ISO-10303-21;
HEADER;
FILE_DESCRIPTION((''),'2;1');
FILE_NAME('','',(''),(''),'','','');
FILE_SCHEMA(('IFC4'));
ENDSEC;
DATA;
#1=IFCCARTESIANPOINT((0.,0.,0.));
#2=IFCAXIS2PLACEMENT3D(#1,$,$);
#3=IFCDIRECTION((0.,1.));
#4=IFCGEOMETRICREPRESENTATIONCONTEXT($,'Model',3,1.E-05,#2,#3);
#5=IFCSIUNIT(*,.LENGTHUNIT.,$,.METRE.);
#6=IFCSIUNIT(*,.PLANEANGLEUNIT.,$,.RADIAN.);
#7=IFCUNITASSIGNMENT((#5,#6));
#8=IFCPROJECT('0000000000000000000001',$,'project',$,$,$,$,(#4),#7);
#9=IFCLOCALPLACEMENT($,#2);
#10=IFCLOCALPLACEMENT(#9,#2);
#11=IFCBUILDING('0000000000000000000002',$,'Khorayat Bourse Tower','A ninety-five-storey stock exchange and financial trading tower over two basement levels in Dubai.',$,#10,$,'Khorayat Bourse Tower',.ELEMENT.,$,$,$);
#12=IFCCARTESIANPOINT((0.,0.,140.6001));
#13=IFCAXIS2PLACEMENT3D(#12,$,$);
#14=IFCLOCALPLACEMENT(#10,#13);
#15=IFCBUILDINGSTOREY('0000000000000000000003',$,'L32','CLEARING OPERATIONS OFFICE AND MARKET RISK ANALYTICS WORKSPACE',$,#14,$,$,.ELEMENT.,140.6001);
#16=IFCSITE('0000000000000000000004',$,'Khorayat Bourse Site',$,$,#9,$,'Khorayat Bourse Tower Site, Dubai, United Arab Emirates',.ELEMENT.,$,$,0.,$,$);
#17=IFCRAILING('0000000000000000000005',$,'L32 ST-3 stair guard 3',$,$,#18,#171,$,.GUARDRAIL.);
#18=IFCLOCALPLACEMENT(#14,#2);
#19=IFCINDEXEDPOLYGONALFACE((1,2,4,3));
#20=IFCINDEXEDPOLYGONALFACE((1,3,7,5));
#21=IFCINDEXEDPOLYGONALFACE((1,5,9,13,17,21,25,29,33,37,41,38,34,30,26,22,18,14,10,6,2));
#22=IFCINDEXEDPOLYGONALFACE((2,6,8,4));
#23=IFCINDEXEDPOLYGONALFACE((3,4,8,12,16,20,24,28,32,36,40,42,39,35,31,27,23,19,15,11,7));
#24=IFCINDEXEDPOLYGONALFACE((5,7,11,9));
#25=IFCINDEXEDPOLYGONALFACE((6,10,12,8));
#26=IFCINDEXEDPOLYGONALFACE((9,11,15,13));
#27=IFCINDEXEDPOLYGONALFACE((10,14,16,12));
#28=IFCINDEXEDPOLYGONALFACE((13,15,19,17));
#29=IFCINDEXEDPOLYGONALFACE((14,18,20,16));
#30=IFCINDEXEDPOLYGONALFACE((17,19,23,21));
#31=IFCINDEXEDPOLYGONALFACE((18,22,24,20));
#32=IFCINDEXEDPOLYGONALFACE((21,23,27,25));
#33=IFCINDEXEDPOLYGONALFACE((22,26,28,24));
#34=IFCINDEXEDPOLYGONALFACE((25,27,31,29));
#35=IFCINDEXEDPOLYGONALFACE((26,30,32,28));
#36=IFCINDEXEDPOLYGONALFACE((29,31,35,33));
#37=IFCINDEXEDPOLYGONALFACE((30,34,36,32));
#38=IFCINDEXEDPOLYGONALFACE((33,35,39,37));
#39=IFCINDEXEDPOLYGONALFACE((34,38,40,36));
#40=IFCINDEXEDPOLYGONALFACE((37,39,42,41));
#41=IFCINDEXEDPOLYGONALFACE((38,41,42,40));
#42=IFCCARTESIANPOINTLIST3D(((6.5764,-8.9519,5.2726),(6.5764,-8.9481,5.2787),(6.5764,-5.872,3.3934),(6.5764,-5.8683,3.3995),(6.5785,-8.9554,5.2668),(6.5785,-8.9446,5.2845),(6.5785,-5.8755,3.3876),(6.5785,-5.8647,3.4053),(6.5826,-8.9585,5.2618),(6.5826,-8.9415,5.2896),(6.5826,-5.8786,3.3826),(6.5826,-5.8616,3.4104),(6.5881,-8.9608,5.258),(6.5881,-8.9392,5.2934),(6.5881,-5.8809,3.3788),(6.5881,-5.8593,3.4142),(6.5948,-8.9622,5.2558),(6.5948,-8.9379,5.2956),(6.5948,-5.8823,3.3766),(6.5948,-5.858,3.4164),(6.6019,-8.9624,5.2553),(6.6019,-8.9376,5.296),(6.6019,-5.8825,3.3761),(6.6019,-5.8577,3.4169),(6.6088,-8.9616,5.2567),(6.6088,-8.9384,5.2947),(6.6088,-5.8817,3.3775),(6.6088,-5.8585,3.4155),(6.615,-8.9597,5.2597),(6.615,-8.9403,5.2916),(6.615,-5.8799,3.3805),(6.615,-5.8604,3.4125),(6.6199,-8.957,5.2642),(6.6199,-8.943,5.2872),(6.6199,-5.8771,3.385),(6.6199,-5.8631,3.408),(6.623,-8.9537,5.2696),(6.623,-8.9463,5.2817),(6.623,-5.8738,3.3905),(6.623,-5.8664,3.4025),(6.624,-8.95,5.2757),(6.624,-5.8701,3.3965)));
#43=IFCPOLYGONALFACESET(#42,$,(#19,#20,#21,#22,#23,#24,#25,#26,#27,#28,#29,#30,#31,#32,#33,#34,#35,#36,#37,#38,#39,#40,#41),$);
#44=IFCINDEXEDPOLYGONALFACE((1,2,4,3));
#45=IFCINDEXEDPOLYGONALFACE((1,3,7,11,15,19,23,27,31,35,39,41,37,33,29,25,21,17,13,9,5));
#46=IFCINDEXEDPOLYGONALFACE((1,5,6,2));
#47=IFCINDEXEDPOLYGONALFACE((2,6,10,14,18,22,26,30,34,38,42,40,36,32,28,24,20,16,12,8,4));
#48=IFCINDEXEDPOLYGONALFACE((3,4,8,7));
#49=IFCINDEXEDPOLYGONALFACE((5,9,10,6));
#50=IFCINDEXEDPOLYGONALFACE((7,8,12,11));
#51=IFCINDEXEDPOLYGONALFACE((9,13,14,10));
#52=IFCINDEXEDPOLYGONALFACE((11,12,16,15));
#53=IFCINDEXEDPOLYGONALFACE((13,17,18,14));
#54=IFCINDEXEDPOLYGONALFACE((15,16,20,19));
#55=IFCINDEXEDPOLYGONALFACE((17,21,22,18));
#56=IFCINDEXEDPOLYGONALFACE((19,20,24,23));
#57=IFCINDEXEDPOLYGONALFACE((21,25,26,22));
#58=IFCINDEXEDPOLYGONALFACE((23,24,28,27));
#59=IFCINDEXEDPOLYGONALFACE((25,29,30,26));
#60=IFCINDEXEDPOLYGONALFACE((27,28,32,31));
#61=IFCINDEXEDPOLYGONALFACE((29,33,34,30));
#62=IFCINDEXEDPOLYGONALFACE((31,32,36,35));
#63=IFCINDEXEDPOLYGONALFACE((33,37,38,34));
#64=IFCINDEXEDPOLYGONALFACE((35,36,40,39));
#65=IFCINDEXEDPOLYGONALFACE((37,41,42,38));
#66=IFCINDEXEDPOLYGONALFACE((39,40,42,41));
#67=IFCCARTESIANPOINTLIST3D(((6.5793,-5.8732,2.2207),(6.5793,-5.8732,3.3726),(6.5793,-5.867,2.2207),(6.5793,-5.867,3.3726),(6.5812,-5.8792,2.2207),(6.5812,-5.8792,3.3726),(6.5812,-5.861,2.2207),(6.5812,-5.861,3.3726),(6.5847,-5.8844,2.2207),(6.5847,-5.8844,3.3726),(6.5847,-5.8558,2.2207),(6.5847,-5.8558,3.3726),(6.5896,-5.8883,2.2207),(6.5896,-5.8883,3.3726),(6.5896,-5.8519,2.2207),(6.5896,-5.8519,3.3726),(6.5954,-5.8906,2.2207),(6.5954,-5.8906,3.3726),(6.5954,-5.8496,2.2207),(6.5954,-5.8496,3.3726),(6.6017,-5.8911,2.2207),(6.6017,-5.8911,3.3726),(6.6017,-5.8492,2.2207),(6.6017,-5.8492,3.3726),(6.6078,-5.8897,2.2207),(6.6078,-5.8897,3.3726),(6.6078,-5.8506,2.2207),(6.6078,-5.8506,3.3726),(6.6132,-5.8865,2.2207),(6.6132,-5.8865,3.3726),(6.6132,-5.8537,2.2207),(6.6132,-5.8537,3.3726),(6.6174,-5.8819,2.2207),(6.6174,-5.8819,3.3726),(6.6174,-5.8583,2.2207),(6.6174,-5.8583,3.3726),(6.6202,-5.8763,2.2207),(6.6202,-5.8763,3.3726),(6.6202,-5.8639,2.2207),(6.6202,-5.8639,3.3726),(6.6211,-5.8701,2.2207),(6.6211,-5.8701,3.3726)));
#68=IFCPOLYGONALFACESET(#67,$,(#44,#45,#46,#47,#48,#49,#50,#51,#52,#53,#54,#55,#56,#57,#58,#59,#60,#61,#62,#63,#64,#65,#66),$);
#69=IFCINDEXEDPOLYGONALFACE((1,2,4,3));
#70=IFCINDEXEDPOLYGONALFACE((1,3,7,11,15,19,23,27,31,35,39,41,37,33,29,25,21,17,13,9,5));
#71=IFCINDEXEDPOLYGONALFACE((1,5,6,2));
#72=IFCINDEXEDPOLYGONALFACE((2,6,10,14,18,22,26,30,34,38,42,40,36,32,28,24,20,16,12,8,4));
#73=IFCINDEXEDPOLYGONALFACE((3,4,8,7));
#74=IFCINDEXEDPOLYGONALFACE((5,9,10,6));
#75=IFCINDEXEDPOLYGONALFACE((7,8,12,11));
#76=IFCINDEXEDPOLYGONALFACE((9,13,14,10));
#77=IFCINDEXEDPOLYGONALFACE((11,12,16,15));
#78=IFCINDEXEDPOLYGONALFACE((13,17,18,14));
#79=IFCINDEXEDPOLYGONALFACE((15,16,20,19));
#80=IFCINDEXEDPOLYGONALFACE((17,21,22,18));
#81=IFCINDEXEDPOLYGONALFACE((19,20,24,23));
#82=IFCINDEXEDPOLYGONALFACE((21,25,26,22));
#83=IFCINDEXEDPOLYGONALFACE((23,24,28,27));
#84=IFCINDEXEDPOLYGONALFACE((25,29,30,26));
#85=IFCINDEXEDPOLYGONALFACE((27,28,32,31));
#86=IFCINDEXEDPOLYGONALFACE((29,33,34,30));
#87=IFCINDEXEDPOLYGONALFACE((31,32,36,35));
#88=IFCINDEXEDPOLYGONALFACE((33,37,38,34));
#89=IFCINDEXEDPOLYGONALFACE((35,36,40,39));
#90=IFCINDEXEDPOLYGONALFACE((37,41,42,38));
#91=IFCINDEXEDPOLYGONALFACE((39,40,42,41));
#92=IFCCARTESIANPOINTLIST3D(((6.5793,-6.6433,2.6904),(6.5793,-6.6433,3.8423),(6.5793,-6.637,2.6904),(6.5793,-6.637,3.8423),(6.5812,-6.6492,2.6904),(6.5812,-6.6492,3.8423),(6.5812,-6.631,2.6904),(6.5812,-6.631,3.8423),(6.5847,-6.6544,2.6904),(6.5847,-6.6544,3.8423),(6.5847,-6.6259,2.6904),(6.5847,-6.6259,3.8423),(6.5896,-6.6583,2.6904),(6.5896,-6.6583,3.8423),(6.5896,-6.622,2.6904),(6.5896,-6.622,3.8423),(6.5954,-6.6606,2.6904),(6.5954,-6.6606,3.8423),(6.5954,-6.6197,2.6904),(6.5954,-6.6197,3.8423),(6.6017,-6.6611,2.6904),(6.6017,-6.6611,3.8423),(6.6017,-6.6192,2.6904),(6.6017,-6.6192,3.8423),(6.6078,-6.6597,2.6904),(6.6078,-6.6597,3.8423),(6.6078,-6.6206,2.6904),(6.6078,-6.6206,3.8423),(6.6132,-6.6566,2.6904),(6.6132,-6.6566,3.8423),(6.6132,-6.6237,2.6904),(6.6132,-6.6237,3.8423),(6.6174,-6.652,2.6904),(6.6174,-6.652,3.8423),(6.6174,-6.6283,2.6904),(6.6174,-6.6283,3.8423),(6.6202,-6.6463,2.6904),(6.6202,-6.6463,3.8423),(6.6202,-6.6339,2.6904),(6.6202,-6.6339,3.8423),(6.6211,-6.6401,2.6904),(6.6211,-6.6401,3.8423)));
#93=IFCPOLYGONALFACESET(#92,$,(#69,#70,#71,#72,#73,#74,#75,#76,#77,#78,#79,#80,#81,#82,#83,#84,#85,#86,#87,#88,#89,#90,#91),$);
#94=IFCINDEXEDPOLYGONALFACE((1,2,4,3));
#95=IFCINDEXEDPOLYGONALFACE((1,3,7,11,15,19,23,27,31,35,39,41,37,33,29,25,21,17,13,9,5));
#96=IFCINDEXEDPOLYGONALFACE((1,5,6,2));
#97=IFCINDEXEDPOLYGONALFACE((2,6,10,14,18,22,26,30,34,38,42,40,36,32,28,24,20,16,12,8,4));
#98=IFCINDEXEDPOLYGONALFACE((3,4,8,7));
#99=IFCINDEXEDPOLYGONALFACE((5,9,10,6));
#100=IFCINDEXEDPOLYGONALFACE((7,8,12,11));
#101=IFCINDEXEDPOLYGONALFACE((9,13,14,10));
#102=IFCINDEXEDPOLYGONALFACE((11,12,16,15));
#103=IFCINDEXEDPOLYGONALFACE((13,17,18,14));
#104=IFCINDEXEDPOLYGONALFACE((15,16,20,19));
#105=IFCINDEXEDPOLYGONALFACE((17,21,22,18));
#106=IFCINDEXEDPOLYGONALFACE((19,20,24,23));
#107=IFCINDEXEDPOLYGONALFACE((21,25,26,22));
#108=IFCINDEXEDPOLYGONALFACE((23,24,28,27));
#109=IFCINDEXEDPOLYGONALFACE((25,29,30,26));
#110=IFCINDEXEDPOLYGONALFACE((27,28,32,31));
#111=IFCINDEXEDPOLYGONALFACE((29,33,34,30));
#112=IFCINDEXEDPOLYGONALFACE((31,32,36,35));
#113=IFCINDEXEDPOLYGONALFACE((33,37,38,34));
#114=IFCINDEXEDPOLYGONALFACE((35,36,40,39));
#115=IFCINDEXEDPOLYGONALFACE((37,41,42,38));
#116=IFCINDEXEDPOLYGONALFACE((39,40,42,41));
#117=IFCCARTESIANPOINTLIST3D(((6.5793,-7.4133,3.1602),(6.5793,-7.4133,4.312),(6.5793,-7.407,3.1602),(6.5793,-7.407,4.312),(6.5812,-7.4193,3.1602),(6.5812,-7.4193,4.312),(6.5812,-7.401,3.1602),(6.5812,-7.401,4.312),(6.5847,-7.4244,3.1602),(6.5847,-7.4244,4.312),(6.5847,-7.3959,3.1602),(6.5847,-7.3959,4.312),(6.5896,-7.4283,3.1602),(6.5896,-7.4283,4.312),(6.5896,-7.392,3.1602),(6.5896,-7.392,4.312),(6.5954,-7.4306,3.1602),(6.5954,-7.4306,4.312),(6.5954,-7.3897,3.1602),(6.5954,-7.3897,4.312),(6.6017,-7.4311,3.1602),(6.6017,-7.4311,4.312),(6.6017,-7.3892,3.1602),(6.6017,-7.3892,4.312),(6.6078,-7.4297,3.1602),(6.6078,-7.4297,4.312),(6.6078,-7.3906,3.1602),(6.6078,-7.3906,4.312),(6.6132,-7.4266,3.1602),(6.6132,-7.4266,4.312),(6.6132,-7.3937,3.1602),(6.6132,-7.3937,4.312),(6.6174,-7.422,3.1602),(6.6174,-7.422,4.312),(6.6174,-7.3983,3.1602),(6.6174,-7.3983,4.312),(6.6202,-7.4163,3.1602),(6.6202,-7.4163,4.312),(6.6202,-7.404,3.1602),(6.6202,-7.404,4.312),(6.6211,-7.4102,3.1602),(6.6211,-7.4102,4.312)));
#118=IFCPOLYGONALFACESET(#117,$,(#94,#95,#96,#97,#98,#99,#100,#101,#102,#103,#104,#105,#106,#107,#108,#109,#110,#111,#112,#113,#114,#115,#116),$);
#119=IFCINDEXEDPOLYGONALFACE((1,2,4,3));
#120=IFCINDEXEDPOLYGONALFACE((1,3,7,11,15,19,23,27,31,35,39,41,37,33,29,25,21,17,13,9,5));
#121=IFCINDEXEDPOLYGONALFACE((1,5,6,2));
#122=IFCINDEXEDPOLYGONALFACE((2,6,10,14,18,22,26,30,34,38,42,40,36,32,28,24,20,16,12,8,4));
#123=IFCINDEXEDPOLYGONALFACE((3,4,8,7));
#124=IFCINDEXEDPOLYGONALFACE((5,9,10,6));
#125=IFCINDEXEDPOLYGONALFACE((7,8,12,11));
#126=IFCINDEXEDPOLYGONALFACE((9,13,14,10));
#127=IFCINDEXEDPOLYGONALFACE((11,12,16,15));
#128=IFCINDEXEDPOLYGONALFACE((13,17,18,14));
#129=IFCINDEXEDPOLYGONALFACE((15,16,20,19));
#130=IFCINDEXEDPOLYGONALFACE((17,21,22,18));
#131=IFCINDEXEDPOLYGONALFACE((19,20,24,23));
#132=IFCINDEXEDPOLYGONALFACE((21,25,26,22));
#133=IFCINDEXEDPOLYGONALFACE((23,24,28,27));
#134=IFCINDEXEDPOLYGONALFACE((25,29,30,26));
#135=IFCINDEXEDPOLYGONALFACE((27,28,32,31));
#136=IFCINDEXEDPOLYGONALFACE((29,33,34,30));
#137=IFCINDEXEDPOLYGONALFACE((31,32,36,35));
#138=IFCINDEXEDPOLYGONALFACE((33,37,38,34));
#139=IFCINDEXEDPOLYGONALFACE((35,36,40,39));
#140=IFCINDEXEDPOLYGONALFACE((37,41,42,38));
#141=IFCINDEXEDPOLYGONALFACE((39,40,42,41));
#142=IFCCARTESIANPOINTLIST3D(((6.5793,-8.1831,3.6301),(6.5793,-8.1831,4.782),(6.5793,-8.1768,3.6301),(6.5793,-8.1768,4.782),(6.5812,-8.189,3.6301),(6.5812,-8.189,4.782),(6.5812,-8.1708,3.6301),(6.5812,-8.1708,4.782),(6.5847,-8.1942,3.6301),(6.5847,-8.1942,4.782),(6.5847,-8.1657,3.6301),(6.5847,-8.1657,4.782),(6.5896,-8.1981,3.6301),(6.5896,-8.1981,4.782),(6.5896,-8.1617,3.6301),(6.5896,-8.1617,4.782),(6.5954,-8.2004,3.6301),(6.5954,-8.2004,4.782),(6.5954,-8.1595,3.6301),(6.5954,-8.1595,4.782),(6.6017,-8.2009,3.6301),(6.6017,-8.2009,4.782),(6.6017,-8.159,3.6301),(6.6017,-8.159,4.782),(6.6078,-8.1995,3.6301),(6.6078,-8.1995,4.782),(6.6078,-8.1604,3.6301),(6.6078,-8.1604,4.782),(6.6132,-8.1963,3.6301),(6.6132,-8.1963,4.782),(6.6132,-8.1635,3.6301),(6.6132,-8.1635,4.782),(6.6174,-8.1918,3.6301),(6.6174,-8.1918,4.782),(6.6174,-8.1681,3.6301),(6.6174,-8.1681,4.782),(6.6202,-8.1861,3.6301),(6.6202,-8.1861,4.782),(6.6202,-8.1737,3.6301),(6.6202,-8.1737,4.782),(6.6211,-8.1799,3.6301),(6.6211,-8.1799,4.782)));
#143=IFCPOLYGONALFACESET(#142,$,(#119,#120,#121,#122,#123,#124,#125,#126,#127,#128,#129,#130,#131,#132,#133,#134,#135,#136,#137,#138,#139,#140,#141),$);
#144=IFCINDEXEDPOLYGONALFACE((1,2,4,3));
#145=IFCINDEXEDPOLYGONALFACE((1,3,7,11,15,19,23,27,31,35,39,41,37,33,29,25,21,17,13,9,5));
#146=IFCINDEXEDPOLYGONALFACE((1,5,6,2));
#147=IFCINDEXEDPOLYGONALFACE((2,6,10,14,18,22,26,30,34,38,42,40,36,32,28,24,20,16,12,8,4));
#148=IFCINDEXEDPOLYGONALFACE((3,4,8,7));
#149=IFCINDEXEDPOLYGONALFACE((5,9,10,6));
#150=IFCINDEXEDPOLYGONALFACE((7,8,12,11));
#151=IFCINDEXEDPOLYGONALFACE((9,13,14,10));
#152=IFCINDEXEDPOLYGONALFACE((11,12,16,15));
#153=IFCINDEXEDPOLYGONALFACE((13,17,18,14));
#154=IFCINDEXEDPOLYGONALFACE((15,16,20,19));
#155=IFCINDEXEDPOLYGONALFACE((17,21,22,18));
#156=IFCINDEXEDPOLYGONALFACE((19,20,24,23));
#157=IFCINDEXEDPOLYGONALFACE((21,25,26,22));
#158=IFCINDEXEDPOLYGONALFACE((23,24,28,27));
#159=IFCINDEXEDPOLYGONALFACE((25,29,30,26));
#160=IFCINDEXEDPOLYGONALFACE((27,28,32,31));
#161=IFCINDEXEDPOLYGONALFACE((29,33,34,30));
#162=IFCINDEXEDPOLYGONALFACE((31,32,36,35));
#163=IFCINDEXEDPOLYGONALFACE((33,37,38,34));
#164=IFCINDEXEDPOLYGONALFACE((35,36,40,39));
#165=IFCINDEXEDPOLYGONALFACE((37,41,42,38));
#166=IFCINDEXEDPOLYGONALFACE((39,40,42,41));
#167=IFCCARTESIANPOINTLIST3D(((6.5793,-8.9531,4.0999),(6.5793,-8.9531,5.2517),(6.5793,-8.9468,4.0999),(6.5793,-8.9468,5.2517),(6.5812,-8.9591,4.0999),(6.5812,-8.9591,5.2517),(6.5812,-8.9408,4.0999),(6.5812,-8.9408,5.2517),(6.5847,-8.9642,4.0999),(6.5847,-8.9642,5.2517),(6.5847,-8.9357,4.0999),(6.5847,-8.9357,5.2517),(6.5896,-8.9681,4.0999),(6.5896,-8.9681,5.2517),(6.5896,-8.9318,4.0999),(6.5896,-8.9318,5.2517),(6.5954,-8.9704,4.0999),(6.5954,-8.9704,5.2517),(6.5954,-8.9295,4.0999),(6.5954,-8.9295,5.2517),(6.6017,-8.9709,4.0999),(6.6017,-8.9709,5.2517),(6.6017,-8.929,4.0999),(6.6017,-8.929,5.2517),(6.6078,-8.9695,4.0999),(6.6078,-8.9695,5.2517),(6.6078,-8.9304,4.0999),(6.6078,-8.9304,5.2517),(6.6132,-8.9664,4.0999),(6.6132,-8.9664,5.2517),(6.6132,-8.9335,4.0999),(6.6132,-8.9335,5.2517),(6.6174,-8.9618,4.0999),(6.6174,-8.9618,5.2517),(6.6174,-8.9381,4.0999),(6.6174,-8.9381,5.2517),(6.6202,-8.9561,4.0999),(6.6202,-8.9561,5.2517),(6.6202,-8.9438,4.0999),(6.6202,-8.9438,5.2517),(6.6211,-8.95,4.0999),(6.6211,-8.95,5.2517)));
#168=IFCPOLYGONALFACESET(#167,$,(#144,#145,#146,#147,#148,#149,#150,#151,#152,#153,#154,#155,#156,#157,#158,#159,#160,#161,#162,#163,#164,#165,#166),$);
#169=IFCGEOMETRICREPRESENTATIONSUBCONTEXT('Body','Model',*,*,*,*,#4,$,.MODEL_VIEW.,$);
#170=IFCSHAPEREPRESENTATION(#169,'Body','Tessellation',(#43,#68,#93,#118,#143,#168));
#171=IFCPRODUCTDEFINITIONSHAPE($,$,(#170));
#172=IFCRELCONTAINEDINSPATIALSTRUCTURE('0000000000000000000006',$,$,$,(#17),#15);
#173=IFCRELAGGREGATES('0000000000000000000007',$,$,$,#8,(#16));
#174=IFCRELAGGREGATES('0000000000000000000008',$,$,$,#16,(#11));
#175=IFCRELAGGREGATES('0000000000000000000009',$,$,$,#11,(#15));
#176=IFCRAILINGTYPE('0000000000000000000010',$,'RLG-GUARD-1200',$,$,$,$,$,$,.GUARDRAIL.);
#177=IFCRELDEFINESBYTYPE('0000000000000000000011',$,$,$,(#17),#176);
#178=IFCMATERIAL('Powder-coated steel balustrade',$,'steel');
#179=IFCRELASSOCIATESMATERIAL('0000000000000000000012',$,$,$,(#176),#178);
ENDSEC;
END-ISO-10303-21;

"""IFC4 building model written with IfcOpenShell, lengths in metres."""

from ifc_helpers import new_model, si_unit, direction, frame, origin, origin_2d, place, context, subcontext, project, spatial, circle, extrude, source, transform, mapped, material, type_object, element, save


model = new_model("IFC4")

# Units and contexts
model_context = context("Model", 3, precision=1e-05, world=origin(), true_north=direction((0.0, 1.0)))
body_context = subcontext(model_context, "Body", "Model", "MODEL_VIEW")
ifc_project = project(units=[si_unit("LENGTHUNIT", "METRE"), si_unit("PLANEANGLEUNIT", "RADIAN")], contexts=[model_context])

# Site, building, storey
site_placement = place(None, origin())
site = spatial("IfcSite", under=ifc_project, at=site_placement, Name="Khorayat Bourse Site", LongName="Khorayat Bourse Tower Site, Dubai, United Arab Emirates", CompositionType="ELEMENT", RefElevation=0.0)
building_placement = place(site_placement, origin())
building = spatial("IfcBuilding", under=site, at=building_placement, Name="Khorayat Bourse Tower", Description="A ninety-five-storey stock exchange and financial trading tower over two basement levels in Dubai.", LongName="Khorayat Bourse Tower", CompositionType="ELEMENT")
storey_placement = place(building_placement, frame((0.0, 0.0, 140.6001)))
storey = spatial("IfcBuildingStorey", under=building, at=storey_placement, Name="L32", Description="CLEARING OPERATIONS OFFICE AND MARKET RISK ANALYTICS WORKSPACE", CompositionType="ELEMENT", Elevation=140.6001)

# Railing
ifc_material_1 = material(Name="Powder-coated steel balustrade", Category="steel")
railing_type_1 = type_object("IfcRailingType", Name="RLG-GUARD-1200", PredefinedType="GUARDRAIL", material=ifc_material_1)
shared_shape_1 = source(origin(), body_context, "Body", "SweptSolid", [
    extrude(circle(Radius=0.0239, at=origin_2d()), frame((0.0, 0.0, 1.1758), z_axis=(0.0, -0.853648, 0.52085), x_axis=(1.0, 0.0, 0.0)), (0.0, 0.0, 1.0), 3.6079),
    extrude(circle(Radius=0.021, at=origin_2d()), origin(), (0.0, 0.0, 1.0), 1.1519),
    extrude(circle(Radius=0.021, at=origin_2d()), frame((0.0, -0.77, 0.4697)), (0.0, 0.0, 1.0), 1.1519),
    extrude(circle(Radius=0.021, at=origin_2d()), frame((0.0, -1.54, 0.9395)), (0.0, 0.0, 1.0), 1.1519),
    extrude(circle(Radius=0.021, at=origin_2d()), frame((0.0, -2.3098, 1.4094)), (0.0, 0.0, 1.0), 1.1519),
    extrude(circle(Radius=0.021, at=origin_2d()), frame((0.0, -3.0798, 1.8792)), (0.0, 0.0, 1.0), 1.1519),
])
railing_1_placement = place(storey_placement, frame((6.6001, -5.8701, 2.2207)))
element("IfcRailing", 1, at=railing_1_placement, inside=storey, type_object=railing_type_1, Name="L32 ST-3 stair guard 3", PredefinedType="GUARDRAIL", context=body_context, shape_type="MappedRepresentation", body=[
    mapped(shared_shape_1, transform((0.0, 0.0, 0.0), scale=1.0)),
])

save(model, "model.ifc")
